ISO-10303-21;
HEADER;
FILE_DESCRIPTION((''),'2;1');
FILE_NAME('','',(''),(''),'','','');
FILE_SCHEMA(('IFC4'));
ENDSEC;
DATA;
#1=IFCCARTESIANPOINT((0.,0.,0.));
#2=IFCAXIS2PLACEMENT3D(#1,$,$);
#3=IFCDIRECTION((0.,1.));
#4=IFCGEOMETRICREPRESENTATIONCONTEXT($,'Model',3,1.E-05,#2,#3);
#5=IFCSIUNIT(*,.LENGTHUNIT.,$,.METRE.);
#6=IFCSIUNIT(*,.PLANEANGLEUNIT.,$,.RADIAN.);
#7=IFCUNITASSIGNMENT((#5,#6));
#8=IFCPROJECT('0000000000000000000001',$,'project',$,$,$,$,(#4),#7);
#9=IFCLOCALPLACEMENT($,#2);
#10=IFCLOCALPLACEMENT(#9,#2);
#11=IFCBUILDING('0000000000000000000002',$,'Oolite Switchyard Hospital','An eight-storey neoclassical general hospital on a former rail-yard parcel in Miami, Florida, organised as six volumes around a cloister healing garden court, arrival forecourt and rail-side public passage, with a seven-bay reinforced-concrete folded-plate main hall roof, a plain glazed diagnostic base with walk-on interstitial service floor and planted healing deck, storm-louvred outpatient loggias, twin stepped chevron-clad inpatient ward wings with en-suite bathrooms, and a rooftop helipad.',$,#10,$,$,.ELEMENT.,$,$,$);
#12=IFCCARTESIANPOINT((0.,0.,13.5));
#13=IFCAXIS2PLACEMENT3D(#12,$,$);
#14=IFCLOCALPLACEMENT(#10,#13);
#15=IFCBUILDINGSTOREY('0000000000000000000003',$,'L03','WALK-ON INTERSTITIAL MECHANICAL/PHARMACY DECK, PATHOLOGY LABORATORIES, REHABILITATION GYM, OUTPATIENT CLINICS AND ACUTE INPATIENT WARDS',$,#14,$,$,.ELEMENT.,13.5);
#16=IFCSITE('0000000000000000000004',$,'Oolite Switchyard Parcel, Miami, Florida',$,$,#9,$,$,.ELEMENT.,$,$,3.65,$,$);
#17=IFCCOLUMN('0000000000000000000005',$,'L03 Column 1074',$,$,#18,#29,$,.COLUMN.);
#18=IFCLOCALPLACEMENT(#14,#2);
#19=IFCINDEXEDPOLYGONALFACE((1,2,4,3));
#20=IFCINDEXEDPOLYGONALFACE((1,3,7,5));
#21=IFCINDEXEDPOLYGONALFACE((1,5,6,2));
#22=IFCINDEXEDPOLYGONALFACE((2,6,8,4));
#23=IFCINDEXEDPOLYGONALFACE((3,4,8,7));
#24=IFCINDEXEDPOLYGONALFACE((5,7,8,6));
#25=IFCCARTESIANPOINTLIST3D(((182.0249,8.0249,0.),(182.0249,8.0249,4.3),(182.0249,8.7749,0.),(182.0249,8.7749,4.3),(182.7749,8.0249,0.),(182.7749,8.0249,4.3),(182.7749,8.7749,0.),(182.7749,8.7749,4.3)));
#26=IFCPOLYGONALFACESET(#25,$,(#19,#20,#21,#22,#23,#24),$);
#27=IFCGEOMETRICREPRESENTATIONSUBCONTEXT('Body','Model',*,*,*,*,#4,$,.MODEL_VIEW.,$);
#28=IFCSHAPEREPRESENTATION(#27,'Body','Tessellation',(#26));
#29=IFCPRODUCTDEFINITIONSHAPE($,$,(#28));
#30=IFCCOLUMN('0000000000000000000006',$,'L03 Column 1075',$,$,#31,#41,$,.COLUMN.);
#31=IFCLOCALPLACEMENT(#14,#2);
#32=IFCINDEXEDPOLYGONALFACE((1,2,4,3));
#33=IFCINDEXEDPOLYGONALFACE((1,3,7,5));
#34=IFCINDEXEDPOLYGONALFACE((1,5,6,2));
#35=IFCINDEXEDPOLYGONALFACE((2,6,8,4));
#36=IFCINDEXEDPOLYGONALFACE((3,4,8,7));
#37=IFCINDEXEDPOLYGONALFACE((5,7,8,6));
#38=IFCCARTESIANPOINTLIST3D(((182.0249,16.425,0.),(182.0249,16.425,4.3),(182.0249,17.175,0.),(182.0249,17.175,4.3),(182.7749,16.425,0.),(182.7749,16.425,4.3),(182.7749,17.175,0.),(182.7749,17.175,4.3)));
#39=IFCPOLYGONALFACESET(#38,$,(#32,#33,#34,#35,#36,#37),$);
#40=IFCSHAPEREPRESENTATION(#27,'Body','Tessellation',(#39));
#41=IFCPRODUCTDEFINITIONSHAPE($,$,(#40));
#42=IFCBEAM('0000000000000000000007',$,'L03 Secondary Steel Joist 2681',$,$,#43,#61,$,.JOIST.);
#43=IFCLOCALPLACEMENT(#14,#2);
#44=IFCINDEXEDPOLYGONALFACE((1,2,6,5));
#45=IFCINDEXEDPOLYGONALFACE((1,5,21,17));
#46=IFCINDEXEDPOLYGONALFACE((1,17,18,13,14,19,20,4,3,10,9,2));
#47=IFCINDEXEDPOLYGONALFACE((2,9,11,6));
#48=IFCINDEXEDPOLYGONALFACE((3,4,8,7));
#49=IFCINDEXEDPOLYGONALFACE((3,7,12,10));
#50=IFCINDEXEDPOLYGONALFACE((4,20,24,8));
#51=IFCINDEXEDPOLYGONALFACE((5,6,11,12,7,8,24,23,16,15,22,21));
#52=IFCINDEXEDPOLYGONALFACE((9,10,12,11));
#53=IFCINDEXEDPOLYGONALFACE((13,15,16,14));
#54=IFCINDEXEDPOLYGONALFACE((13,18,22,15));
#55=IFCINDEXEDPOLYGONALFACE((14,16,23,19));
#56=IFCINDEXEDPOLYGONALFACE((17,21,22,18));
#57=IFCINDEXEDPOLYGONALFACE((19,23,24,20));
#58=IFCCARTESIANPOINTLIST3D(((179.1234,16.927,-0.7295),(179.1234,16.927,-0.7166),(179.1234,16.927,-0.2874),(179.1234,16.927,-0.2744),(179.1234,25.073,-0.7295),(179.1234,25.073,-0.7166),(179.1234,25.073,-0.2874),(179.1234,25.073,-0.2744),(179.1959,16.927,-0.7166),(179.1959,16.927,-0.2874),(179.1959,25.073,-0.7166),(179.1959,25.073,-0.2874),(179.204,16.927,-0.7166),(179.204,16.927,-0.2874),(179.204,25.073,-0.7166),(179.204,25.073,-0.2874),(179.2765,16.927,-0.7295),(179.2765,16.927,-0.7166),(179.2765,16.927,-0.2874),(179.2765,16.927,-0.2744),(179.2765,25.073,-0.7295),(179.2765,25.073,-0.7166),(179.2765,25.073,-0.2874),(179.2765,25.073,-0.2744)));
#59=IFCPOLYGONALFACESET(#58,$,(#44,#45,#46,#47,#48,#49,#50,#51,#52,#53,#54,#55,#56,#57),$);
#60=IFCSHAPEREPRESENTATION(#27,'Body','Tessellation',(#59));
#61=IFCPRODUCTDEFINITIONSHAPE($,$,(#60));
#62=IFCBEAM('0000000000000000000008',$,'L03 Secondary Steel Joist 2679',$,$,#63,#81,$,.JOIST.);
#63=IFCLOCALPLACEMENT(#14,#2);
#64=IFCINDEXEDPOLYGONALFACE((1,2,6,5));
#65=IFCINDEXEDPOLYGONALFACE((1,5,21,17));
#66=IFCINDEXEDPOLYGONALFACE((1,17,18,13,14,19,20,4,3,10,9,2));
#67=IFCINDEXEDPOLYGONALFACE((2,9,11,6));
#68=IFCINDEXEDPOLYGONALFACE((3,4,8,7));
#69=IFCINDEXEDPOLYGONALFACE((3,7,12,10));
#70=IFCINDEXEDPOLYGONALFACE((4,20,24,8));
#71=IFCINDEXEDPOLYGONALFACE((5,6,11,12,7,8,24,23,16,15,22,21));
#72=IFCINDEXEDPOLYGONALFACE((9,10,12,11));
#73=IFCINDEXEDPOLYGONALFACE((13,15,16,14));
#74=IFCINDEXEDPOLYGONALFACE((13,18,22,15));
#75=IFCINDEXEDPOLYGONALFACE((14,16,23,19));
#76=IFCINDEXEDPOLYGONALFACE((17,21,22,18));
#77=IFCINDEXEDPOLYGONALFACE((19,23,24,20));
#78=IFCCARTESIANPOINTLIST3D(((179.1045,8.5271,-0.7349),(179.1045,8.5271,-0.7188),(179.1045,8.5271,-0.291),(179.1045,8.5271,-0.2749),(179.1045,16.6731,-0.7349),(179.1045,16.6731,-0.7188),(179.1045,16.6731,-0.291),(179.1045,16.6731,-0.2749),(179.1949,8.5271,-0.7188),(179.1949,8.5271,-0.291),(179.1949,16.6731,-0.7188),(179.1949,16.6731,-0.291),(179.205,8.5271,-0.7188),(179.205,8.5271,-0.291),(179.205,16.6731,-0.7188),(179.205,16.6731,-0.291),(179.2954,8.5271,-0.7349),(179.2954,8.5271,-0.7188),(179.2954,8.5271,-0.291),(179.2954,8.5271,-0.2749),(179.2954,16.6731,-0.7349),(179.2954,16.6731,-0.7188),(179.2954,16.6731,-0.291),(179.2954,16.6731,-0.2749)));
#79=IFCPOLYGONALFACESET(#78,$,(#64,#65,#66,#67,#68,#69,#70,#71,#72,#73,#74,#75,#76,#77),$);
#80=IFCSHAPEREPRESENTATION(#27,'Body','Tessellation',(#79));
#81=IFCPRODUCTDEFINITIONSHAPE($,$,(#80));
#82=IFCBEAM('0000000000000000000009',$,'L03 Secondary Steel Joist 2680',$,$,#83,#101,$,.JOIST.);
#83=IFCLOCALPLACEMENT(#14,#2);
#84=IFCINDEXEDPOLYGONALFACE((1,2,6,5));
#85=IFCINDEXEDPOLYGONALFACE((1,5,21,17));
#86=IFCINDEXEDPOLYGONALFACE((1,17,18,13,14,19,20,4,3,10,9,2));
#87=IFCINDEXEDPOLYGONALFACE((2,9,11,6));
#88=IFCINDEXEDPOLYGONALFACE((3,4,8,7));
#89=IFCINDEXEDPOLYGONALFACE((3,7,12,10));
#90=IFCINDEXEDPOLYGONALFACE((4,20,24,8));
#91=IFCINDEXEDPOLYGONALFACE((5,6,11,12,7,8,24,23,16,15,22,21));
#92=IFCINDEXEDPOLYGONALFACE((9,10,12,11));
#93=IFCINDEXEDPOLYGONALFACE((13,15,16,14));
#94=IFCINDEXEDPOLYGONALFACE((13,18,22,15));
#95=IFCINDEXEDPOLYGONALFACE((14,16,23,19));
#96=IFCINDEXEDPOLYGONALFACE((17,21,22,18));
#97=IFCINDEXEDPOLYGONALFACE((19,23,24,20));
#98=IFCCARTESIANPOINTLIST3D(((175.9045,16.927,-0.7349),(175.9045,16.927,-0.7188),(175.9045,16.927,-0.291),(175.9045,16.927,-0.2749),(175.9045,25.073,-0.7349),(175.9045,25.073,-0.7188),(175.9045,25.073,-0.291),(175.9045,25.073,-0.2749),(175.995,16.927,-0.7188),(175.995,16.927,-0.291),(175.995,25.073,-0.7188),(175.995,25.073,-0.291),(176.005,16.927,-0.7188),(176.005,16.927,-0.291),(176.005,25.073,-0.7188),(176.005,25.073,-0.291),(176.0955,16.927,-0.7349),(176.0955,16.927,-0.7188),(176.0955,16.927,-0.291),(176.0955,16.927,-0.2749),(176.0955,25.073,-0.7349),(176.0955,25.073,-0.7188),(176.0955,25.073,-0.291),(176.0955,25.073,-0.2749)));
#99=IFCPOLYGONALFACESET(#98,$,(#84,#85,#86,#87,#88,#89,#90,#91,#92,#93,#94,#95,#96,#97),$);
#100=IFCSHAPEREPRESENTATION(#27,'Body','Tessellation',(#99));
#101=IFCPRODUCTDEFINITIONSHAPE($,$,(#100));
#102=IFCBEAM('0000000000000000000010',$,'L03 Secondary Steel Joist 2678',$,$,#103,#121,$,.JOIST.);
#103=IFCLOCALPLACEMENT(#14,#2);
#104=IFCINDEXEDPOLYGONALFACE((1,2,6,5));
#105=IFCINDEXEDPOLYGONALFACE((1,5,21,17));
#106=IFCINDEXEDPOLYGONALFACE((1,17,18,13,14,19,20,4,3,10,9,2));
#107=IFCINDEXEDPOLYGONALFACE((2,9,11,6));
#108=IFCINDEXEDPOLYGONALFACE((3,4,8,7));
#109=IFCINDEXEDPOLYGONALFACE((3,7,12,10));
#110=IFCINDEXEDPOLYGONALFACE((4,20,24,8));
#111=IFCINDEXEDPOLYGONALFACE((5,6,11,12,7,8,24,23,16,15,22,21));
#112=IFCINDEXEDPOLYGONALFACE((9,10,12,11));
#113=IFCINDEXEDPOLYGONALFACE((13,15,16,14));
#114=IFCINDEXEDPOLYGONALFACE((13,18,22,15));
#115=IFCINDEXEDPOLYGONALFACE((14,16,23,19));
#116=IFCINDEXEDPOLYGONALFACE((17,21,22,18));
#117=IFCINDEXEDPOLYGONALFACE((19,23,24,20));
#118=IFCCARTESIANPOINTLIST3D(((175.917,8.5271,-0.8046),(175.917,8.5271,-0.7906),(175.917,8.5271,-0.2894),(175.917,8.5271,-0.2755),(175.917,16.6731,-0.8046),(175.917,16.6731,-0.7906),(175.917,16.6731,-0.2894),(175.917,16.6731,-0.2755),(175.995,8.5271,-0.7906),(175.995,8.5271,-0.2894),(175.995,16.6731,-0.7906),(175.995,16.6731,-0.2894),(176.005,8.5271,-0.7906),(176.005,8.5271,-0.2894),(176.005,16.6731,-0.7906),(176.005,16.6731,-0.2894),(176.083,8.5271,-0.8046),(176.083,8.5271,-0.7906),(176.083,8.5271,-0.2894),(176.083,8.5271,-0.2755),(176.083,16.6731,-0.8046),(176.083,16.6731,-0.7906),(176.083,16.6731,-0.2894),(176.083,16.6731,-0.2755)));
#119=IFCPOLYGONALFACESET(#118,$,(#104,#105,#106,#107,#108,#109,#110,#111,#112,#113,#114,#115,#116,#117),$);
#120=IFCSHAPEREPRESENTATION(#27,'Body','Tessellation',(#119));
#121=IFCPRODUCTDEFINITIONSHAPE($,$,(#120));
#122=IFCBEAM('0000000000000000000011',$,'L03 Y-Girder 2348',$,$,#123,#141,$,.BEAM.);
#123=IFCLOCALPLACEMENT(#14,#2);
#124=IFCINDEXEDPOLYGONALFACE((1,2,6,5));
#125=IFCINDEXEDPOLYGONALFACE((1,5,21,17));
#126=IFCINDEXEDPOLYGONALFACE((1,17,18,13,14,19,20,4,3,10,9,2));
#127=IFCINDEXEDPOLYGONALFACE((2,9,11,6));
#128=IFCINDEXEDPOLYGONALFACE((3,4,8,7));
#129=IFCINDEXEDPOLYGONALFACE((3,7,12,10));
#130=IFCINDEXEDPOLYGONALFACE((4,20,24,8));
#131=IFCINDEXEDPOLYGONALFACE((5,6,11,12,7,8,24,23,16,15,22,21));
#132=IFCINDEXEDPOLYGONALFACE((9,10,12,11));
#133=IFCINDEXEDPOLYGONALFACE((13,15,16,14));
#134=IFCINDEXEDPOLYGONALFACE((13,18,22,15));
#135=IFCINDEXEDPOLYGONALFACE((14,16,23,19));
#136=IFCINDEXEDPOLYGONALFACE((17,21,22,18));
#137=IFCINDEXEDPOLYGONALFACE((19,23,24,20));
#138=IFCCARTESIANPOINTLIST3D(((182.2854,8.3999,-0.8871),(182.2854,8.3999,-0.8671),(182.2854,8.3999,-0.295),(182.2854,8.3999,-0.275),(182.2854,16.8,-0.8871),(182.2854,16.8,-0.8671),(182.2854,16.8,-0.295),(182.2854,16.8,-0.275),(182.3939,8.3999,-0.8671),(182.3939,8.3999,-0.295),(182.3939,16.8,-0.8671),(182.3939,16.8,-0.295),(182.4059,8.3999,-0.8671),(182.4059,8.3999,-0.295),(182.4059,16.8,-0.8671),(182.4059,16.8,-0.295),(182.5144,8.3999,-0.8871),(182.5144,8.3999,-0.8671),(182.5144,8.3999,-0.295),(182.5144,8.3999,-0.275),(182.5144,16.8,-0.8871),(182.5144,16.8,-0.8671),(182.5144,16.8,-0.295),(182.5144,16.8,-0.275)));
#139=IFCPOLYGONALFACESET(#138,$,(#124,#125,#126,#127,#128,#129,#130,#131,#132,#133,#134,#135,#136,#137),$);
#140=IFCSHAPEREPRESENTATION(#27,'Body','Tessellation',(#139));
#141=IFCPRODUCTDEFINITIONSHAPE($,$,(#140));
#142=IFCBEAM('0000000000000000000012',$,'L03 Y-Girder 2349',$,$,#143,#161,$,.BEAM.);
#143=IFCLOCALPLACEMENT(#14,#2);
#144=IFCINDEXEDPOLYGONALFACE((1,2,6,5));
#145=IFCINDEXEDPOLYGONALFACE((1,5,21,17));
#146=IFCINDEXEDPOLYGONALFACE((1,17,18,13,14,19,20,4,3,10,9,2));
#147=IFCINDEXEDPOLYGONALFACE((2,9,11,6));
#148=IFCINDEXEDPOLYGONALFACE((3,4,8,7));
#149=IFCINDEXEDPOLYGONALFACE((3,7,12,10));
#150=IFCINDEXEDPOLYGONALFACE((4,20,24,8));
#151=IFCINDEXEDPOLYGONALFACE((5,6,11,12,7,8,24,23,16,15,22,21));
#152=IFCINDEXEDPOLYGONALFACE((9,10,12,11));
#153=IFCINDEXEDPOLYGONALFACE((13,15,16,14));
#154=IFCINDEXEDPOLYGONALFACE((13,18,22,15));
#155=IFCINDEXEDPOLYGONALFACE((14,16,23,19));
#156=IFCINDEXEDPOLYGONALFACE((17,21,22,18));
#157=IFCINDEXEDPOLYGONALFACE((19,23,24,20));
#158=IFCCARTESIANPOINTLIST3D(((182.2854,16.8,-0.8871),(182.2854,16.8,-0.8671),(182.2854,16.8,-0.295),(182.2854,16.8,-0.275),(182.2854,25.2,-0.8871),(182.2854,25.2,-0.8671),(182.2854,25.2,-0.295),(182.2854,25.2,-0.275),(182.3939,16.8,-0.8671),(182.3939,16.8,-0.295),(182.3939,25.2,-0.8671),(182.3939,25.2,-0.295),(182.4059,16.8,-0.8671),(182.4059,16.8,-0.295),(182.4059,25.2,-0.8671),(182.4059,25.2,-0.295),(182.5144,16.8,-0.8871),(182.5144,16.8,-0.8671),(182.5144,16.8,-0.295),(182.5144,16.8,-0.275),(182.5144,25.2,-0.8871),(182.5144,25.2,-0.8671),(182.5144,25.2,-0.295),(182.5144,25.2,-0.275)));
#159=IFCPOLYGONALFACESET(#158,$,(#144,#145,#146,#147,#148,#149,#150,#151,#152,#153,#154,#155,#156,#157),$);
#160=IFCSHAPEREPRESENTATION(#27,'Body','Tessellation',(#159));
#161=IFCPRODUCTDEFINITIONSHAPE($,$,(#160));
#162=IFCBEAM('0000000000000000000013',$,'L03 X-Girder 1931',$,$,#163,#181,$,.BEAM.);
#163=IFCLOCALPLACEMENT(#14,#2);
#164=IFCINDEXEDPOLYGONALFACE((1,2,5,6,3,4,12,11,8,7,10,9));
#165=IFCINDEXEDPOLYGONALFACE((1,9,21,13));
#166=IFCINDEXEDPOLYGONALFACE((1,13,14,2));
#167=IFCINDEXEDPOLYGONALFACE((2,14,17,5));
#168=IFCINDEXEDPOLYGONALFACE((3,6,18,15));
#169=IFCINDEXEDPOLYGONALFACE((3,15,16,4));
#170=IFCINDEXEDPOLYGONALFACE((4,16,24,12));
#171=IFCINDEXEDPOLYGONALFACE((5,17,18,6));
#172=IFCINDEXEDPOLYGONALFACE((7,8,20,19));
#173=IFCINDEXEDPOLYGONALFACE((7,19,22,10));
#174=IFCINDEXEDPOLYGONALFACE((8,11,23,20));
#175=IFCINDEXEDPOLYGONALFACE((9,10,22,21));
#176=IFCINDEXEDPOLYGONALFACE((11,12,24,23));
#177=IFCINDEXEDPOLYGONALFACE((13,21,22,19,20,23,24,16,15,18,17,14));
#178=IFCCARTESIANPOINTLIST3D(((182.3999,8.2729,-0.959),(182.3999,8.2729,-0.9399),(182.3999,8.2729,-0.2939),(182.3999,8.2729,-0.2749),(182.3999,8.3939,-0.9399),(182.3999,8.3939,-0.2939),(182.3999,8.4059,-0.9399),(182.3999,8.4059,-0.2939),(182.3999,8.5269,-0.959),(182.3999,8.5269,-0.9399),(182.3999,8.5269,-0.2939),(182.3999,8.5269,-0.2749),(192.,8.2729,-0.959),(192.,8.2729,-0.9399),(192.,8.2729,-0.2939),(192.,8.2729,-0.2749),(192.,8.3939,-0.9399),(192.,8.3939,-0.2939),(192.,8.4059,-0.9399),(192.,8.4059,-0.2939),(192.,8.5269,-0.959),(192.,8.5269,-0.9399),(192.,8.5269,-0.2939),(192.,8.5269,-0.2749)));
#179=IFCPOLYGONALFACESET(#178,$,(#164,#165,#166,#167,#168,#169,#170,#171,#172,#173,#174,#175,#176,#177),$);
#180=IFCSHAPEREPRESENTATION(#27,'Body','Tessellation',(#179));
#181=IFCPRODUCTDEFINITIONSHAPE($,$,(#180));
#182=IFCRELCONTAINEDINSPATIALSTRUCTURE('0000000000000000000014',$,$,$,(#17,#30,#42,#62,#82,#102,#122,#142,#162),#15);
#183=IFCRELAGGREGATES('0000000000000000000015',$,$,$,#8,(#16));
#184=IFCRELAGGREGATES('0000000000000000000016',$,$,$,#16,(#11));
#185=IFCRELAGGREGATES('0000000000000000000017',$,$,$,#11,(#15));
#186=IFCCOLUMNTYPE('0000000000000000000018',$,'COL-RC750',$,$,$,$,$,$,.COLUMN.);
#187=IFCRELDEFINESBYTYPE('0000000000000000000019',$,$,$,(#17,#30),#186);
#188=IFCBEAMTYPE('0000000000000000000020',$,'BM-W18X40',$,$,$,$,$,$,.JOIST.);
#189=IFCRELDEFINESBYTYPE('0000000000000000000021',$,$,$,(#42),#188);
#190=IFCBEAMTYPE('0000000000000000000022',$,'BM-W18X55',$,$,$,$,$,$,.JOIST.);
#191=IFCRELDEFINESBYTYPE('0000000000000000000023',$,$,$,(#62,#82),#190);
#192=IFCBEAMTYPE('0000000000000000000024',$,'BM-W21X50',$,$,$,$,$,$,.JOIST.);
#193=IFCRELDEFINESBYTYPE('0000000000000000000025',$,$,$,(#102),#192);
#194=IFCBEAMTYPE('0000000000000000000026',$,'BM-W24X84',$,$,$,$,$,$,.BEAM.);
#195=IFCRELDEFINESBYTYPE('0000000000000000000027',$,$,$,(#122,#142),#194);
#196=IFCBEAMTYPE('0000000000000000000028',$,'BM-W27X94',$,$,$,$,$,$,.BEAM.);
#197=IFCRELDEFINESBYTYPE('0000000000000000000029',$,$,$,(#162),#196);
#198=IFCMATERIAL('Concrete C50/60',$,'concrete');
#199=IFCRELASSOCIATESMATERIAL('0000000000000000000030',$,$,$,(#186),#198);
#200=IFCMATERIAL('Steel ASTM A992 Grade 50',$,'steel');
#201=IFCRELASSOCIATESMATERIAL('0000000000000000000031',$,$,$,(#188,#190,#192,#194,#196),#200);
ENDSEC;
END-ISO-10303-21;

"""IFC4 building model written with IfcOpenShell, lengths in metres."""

from ifc_helpers import new_model, si_unit, direction, frame, origin, origin_2d, place, context, subcontext, project, spatial, rectangle, i_section, extrude, material, material_profile, profile_set, type_object, element, save


model = new_model("IFC4")

# Units and contexts
model_context = context("Model", 3, precision=1e-05, world=origin(), true_north=direction((0.0, 1.0)))
body_context = subcontext(model_context, "Body", "Model", "MODEL_VIEW")
ifc_project = project(units=[si_unit("LENGTHUNIT", "METRE"), si_unit("PLANEANGLEUNIT", "RADIAN")], contexts=[model_context])

# Site, building, storey
site_placement = place(None, origin())
site = spatial("IfcSite", under=ifc_project, at=site_placement, Name="Oolite Switchyard Parcel, Miami, Florida", CompositionType="ELEMENT", RefElevation=3.65)
building_placement = place(site_placement, origin())
building = spatial("IfcBuilding", under=site, at=building_placement, Name="Oolite Switchyard Hospital", Description="An eight-storey neoclassical general hospital on a former rail-yard parcel in Miami, Florida, organised as six volumes around a cloister healing garden court, arrival forecourt and rail-side public passage, with a seven-bay reinforced-concrete folded-plate main hall roof, a plain glazed diagnostic base with walk-on interstitial service floor and planted healing deck, storm-louvred outpatient loggias, twin stepped chevron-clad inpatient ward wings with en-suite bathrooms, and a rooftop helipad.", CompositionType="ELEMENT")
storey_placement = place(building_placement, frame((0.0, 0.0, 13.5)))
storey = spatial("IfcBuildingStorey", under=building, at=storey_placement, Name="L03", Description="WALK-ON INTERSTITIAL MECHANICAL/PHARMACY DECK, PATHOLOGY LABORATORIES, REHABILITATION GYM, OUTPATIENT CLINICS AND ACUTE INPATIENT WARDS", CompositionType="ELEMENT", Elevation=13.5)

# Columns
ifc_material_1 = material(Name="Concrete C50/60", Category="concrete")
ifc_material_profile_1 = material_profile(ifc_material_1, rectangle(XDim=0.75, YDim=0.75, at=origin_2d()), Name="RC750X750")
ifc_profile_set_1 = profile_set([ifc_material_profile_1], Name="Concrete C50/60")
column_type = type_object("IfcColumnType", Name="COL-RC750", PredefinedType="COLUMN", material=ifc_profile_set_1)
for number, where, z_axis, x_axis, name in (
    (1, (182.3999, 8.3999, 0.0), (0.0, 0.0, 1.0), (1.0, 0.0, 0.0), "L03 Column 1074"),
    (2, (182.3999, 16.8, 0.0), (0.0, 0.0, 1.0), (1.0, 0.0, 0.0), "L03 Column 1075"),
):
    element("IfcColumn", number, at=place(storey_placement, frame(where, z_axis=z_axis, x_axis=x_axis)), inside=storey, type_object=column_type, Name=name, PredefinedType="COLUMN", context=body_context, shape_type="SweptSolid", body=[
        extrude(rectangle(XDim=0.75, YDim=0.75, at=origin_2d()), origin(), (0.0, 0.0, 1.0), 4.3),
    ])

# Beams
ifc_material_2 = material(Name="Steel ASTM A992 Grade 50", Category="steel")
ifc_material_profile_2 = material_profile(ifc_material_2, i_section(OverallWidth=0.1531, OverallDepth=0.4551, WebThickness=0.0081, FlangeThickness=0.0129, at=origin_2d()), Name="W18X40")
ifc_profile_set_2 = profile_set([ifc_material_profile_2], Name="Steel ASTM A992 Grade 50")
beam_type_1 = type_object("IfcBeamType", Name="BM-W18X40", PredefinedType="JOIST", material=ifc_profile_set_2)
beam_1_placement = place(storey_placement, frame((179.2, 16.927, -0.502), z_axis=(0.0, 1.0, 0.0), x_axis=(-1.0, 0.0, 0.0)))
element("IfcBeam", 3, at=beam_1_placement, inside=storey, type_object=beam_type_1, Name="L03 Secondary Steel Joist 2681", PredefinedType="JOIST", context=body_context, shape_type="SweptSolid", body=[
    extrude(i_section(OverallWidth=0.1531, OverallDepth=0.4551, WebThickness=0.0081, FlangeThickness=0.0129, at=origin_2d()), origin(), (0.0, 0.0, 1.0), 8.146),
])
ifc_material_profile_3 = material_profile(ifc_material_2, i_section(OverallWidth=0.1909, OverallDepth=0.46, WebThickness=0.01, FlangeThickness=0.0161, at=origin_2d()), Name="W18X55")
ifc_profile_set_3 = profile_set([ifc_material_profile_3], Name="Steel ASTM A992 Grade 50")
beam_type_2 = type_object("IfcBeamType", Name="BM-W18X55", PredefinedType="JOIST", material=ifc_profile_set_3)
for number, where, z_axis, x_axis, name in (
    (4, (179.2, 8.5271, -0.5049), (0.0, 1.0, 0.0), (-1.0, 0.0, 0.0), "L03 Secondary Steel Joist 2679"),
    (5, (176.0, 16.927, -0.5049), (0.0, 1.0, 0.0), (-1.0, 0.0, 0.0), "L03 Secondary Steel Joist 2680"),
):
    element("IfcBeam", number, at=place(storey_placement, frame(where, z_axis=z_axis, x_axis=x_axis)), inside=storey, type_object=beam_type_2, Name=name, PredefinedType="JOIST", context=body_context, shape_type="SweptSolid", body=[
        extrude(i_section(OverallWidth=0.1909, OverallDepth=0.46, WebThickness=0.01, FlangeThickness=0.0161, at=origin_2d()), origin(), (0.0, 0.0, 1.0), 8.146),
    ])
ifc_material_profile_4 = material_profile(ifc_material_2, i_section(OverallWidth=0.166, OverallDepth=0.5291, WebThickness=0.01, FlangeThickness=0.0139, at=origin_2d()), Name="W21X50")
ifc_profile_set_4 = profile_set([ifc_material_profile_4], Name="Steel ASTM A992 Grade 50")
beam_type_3 = type_object("IfcBeamType", Name="BM-W21X50", PredefinedType="JOIST", material=ifc_profile_set_4)
beam_2_placement = place(storey_placement, frame((176.0, 8.5271, -0.54), z_axis=(0.0, 1.0, 0.0), x_axis=(-1.0, 0.0, 0.0)))
element("IfcBeam", 6, at=beam_2_placement, inside=storey, type_object=beam_type_3, Name="L03 Secondary Steel Joist 2678", PredefinedType="JOIST", context=body_context, shape_type="SweptSolid", body=[
    extrude(i_section(OverallWidth=0.166, OverallDepth=0.5291, WebThickness=0.01, FlangeThickness=0.0139, at=origin_2d()), origin(), (0.0, 0.0, 1.0), 8.146),
])
ifc_material_profile_5 = material_profile(ifc_material_2, i_section(OverallWidth=0.229, OverallDepth=0.6121, WebThickness=0.012, FlangeThickness=0.02, at=origin_2d()), Name="W24X84")
ifc_profile_set_5 = profile_set([ifc_material_profile_5], Name="Steel ASTM A992 Grade 50")
beam_type_4 = type_object("IfcBeamType", Name="BM-W24X84", PredefinedType="BEAM", material=ifc_profile_set_5)
beam_3_placement = place(storey_placement, frame((182.3999, 8.3999, -0.5811), z_axis=(0.0, 1.0, 0.0), x_axis=(-1.0, 0.0, 0.0)))
element("IfcBeam", 7, at=beam_3_placement, inside=storey, type_object=beam_type_4, Name="L03 Y-Girder 2348", PredefinedType="BEAM", context=body_context, shape_type="SweptSolid", body=[
    extrude(i_section(OverallWidth=0.229, OverallDepth=0.6121, WebThickness=0.012, FlangeThickness=0.02, at=origin_2d()), origin(), (0.0, 0.0, 1.0), 8.4001),
])
beam_4_placement = place(storey_placement, frame((182.3999, 16.8, -0.5811), z_axis=(0.0, 1.0, 0.0), x_axis=(-1.0, 0.0, 0.0)))
element("IfcBeam", 8, at=beam_4_placement, inside=storey, type_object=beam_type_4, Name="L03 Y-Girder 2349", PredefinedType="BEAM", context=body_context, shape_type="SweptSolid", body=[
    extrude(i_section(OverallWidth=0.229, OverallDepth=0.6121, WebThickness=0.012, FlangeThickness=0.02, at=origin_2d()), origin(), (0.0, 0.0, 1.0), 8.3999),
])
ifc_material_profile_6 = material_profile(ifc_material_2, i_section(OverallWidth=0.2539, OverallDepth=0.6841, WebThickness=0.012, FlangeThickness=0.019, at=origin_2d()), Name="W27X94")
ifc_profile_set_6 = profile_set([ifc_material_profile_6], Name="Steel ASTM A992 Grade 50")
beam_type_5 = type_object("IfcBeamType", Name="BM-W27X94", PredefinedType="BEAM", material=ifc_profile_set_6)
for number, where, z_axis, x_axis, name in (
    (9, (182.3999, 8.3999, -0.6169), (1.0, 0.0, 0.0), (0.0, 1.0, 0.0), "L03 X-Girder 1931"),
):
    element("IfcBeam", number, at=place(storey_placement, frame(where, z_axis=z_axis, x_axis=x_axis)), inside=storey, type_object=beam_type_5, Name=name, PredefinedType="BEAM", context=body_context, shape_type="SweptSolid", body=[
        extrude(i_section(OverallWidth=0.2539, OverallDepth=0.6841, WebThickness=0.012, FlangeThickness=0.019, at=origin_2d()), origin(), (0.0, 0.0, 1.0), 9.6001),
    ])

save(model, "model.ifc")
